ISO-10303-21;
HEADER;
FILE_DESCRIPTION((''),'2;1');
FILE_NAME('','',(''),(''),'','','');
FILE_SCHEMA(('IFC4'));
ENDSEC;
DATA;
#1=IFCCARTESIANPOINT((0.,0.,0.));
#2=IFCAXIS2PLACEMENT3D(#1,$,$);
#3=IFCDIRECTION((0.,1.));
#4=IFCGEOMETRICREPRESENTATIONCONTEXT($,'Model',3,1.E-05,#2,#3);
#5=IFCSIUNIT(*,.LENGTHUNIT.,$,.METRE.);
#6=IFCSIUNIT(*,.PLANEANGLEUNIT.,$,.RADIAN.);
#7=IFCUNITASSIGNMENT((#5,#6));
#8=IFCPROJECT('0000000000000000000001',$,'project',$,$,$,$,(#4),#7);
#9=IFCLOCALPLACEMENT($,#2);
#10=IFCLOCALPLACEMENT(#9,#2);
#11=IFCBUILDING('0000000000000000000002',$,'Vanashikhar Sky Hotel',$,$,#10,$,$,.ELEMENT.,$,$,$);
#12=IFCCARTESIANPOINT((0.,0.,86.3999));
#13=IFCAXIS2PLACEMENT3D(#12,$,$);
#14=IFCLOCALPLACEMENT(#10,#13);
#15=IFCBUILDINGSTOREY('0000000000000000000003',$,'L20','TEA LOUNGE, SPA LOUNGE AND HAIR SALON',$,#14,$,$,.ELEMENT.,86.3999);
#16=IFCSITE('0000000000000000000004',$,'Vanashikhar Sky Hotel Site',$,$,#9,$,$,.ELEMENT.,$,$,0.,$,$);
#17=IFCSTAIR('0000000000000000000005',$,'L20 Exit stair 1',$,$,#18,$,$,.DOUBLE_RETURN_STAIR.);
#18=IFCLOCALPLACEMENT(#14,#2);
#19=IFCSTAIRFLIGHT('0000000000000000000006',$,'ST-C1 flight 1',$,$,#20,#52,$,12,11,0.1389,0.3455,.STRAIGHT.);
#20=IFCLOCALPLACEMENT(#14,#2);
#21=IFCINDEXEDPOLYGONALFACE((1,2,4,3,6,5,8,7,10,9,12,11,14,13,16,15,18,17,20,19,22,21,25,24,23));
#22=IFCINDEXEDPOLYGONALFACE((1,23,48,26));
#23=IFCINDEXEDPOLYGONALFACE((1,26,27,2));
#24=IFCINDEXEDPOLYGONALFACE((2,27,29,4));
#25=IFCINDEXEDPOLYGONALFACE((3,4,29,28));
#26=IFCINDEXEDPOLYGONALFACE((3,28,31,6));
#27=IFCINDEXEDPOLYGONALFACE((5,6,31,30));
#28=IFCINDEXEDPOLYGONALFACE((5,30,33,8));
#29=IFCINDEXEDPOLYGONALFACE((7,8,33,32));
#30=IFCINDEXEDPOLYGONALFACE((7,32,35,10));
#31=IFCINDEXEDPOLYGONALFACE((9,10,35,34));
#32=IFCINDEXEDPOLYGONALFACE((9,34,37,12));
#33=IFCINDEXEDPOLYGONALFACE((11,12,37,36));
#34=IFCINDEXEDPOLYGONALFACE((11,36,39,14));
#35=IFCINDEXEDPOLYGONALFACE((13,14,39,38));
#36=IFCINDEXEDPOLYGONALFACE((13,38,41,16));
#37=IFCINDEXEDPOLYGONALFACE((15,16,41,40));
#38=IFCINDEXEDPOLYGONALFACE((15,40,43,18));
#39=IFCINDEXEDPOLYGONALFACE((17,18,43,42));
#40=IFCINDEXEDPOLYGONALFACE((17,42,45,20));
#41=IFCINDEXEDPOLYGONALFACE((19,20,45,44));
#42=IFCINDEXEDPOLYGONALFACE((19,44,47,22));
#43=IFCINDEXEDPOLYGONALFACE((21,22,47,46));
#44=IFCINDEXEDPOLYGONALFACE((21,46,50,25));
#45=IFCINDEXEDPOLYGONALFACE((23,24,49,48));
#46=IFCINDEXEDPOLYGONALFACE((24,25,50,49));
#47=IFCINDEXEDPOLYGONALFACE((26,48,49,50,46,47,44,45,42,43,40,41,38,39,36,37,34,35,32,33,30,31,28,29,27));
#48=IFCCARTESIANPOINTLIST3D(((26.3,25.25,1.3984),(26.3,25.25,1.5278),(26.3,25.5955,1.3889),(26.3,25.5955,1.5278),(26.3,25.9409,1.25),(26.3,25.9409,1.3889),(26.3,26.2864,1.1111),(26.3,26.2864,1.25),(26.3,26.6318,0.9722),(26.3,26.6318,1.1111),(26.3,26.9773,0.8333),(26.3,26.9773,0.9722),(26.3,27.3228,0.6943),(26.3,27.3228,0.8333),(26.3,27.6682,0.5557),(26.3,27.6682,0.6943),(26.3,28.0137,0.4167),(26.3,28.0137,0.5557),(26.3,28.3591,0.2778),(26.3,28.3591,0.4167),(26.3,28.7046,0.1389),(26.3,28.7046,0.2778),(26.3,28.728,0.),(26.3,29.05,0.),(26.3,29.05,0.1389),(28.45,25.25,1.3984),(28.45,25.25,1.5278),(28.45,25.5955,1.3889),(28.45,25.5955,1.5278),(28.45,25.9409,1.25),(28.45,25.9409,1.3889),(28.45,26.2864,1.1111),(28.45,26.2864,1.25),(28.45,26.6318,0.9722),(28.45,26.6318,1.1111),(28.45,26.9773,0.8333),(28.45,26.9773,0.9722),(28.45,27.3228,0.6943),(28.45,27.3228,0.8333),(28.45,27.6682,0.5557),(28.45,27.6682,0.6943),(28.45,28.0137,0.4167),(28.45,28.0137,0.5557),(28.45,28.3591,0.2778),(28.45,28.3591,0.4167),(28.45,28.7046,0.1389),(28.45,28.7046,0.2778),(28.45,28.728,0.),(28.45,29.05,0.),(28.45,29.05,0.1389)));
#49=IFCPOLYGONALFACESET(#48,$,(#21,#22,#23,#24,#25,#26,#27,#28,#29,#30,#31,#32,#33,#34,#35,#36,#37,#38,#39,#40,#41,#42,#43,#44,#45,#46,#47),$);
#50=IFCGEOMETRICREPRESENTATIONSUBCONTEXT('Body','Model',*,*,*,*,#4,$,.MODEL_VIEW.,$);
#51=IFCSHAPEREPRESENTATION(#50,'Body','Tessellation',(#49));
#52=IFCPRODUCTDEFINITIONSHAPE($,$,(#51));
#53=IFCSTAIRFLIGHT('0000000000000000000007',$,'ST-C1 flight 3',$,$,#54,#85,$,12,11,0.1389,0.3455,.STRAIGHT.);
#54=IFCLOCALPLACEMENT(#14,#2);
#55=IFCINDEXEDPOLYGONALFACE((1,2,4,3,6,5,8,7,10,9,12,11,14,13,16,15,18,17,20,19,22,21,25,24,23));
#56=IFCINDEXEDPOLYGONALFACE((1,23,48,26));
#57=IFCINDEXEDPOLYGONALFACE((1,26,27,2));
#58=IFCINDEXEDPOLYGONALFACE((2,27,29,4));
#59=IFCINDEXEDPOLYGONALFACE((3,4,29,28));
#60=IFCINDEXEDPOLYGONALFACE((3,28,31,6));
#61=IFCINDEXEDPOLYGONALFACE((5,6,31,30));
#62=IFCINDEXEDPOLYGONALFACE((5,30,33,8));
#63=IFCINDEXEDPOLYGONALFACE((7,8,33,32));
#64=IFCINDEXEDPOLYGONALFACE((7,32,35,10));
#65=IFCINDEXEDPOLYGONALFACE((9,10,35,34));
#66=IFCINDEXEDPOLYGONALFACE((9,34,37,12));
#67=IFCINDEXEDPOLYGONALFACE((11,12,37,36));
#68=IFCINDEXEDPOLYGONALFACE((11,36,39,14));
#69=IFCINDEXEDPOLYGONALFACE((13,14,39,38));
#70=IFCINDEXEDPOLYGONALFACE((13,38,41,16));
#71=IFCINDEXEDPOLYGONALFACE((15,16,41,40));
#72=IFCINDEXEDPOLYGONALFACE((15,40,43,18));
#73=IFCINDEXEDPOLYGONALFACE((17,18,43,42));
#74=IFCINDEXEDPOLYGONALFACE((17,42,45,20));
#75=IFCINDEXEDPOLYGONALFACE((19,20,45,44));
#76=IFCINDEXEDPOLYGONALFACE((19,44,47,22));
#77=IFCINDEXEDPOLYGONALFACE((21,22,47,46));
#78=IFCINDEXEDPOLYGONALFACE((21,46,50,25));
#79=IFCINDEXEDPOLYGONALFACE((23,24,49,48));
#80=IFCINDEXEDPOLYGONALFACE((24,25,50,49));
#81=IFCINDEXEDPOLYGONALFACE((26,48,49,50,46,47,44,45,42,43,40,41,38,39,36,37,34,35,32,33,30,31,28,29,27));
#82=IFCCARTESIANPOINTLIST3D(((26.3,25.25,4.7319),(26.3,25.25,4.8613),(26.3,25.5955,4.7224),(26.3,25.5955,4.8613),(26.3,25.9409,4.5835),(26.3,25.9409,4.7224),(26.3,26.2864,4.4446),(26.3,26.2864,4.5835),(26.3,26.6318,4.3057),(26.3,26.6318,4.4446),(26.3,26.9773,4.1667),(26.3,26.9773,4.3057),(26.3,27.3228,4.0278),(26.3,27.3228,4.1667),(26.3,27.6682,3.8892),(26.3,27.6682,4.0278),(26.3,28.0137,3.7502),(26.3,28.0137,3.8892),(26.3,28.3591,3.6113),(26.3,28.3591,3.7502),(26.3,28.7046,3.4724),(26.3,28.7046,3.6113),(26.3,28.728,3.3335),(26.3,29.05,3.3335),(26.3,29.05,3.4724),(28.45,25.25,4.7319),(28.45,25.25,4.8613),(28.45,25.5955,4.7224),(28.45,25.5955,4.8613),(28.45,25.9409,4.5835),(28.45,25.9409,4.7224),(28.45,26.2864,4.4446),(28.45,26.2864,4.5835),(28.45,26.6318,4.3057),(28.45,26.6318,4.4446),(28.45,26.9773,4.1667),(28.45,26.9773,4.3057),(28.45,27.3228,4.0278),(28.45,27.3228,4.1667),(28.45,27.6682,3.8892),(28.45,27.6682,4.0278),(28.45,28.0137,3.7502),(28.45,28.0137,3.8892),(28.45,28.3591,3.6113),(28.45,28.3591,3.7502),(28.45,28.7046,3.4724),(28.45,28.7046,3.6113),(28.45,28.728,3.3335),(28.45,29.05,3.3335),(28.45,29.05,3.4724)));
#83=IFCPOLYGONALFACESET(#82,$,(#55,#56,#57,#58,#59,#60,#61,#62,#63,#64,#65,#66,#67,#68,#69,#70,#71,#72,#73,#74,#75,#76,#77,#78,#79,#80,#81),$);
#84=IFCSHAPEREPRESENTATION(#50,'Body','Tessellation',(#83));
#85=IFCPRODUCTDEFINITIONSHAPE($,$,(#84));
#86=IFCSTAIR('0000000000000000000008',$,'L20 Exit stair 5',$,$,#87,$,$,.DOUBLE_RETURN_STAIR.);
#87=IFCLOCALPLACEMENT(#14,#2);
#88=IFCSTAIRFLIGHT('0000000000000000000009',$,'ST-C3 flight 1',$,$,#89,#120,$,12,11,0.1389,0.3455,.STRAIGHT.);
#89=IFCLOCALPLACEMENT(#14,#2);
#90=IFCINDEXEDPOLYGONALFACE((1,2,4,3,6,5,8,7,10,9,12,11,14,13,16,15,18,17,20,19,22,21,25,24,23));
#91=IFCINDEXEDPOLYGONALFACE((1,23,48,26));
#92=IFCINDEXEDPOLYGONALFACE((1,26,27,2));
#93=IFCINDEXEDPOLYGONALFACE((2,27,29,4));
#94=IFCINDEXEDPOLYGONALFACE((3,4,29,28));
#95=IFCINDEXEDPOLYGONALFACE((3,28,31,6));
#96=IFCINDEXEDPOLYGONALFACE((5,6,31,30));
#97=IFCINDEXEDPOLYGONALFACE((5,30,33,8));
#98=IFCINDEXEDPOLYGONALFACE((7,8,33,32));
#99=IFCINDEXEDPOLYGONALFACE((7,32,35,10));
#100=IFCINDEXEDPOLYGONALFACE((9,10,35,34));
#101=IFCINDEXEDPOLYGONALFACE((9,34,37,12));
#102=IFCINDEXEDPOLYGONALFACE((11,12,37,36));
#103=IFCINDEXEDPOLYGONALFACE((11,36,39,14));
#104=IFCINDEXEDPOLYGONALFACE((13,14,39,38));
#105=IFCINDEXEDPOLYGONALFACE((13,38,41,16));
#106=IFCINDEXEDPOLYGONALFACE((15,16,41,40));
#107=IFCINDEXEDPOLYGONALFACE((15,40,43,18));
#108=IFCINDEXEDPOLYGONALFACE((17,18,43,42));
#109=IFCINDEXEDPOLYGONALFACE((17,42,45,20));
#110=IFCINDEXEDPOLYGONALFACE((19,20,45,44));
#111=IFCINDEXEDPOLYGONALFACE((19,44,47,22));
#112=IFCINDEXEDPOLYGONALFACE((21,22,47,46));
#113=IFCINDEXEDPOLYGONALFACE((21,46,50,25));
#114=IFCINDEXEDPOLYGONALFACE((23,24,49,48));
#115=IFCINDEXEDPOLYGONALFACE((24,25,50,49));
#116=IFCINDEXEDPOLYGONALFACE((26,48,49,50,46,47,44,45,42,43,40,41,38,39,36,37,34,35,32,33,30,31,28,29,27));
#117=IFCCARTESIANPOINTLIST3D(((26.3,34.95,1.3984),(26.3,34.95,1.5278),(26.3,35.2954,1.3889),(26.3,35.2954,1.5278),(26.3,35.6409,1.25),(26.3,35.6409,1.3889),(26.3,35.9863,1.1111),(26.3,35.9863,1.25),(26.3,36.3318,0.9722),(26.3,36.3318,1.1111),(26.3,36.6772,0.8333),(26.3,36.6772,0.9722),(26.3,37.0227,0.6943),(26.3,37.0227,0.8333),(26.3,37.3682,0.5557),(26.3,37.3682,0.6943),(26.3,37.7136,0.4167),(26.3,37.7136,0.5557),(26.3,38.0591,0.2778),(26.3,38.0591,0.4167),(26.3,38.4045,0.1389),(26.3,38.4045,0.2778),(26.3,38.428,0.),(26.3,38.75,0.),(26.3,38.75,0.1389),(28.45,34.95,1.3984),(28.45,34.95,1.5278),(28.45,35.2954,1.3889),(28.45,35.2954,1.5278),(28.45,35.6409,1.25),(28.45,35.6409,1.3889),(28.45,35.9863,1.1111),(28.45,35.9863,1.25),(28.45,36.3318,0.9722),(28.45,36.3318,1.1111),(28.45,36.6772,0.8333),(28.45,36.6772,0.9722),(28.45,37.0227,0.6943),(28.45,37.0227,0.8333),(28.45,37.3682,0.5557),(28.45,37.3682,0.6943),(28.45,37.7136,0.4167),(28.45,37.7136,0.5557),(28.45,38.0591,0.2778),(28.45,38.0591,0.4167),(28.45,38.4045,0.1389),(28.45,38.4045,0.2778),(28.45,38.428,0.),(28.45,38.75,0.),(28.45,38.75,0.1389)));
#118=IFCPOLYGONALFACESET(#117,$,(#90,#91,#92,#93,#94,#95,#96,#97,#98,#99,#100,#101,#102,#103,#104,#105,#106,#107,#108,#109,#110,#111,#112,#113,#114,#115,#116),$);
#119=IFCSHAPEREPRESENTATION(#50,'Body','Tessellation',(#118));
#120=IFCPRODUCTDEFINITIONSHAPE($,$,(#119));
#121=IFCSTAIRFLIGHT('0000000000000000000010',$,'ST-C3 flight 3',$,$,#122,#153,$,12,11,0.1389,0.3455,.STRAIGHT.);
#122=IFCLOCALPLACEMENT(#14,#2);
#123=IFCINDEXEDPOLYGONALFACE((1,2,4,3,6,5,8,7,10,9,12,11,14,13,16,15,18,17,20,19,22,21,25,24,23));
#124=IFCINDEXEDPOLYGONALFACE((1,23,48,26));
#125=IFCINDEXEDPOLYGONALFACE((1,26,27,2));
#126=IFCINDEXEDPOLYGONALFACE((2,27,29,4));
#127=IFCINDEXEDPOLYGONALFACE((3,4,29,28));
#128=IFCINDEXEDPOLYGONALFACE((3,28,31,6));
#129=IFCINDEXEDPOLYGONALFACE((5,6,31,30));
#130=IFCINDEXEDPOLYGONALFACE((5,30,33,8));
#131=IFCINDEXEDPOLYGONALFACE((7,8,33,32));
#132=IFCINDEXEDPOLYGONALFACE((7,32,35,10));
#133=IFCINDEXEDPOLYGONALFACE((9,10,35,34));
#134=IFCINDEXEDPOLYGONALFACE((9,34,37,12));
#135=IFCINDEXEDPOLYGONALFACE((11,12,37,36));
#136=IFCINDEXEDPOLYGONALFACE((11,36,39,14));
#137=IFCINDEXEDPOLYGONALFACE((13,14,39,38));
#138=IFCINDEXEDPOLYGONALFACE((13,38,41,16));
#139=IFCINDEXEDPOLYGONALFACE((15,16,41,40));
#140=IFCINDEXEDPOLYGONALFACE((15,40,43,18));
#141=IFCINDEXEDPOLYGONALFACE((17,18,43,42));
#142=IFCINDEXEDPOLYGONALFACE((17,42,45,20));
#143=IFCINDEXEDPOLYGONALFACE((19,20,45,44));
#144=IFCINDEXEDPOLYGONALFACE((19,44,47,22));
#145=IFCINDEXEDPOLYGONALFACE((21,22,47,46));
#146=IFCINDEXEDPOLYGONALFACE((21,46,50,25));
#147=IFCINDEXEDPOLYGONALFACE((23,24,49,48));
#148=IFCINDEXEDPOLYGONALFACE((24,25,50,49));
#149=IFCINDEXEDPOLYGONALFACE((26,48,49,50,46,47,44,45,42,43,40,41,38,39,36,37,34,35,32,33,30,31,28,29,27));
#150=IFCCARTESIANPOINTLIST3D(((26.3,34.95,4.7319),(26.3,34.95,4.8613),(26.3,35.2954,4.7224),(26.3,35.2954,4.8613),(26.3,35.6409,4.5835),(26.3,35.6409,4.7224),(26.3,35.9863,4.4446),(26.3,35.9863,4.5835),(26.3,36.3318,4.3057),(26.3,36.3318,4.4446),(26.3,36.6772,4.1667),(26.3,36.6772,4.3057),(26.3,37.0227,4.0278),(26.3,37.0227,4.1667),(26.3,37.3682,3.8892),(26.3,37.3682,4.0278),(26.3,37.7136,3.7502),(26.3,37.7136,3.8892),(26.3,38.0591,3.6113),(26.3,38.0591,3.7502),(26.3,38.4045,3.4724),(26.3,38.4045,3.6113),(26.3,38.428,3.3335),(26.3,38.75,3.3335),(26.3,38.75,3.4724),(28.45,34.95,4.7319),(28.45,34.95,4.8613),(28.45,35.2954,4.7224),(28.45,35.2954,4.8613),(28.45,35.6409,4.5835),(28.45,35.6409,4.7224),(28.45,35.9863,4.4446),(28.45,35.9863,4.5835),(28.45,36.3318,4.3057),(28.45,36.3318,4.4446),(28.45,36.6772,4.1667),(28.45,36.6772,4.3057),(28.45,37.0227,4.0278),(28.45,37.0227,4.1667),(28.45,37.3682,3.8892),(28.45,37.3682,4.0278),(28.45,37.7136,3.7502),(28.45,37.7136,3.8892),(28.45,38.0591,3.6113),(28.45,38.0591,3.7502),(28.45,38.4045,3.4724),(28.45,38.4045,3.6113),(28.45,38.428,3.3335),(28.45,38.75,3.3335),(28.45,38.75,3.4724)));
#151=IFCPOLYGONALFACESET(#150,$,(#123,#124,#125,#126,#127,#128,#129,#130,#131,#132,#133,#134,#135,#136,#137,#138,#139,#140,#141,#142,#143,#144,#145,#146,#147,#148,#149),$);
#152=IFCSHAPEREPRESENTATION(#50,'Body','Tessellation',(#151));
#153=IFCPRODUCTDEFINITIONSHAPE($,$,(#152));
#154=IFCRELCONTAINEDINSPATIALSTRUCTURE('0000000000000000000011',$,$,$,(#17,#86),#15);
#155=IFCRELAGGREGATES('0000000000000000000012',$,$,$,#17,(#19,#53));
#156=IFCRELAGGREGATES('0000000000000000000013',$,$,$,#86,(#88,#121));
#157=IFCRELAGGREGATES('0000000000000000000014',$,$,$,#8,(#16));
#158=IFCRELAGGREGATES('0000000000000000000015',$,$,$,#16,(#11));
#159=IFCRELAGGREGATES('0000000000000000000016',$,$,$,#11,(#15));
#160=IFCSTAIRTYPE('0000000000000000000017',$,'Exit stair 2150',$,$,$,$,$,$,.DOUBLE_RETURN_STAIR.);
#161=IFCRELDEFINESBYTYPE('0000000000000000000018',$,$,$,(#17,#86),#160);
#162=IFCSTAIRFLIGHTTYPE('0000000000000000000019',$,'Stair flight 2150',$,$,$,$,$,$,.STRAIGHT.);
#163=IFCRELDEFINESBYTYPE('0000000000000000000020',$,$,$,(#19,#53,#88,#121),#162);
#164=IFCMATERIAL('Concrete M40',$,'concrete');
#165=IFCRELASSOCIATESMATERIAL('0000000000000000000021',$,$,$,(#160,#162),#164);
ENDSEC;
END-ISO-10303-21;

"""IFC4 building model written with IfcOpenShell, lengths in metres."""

from ifc_helpers import new_model, si_unit, direction, frame, origin, place, context, subcontext, project, spatial, polyline, outline, extrude, source, transform, mapped, material, type_object, element, aggregate, save


model = new_model("IFC4")

# Units and contexts
model_context = context("Model", 3, precision=1e-05, world=origin(), true_north=direction((0.0, 1.0)))
body_context = subcontext(model_context, "Body", "Model", "MODEL_VIEW")
ifc_project = project(units=[si_unit("LENGTHUNIT", "METRE"), si_unit("PLANEANGLEUNIT", "RADIAN")], contexts=[model_context])

# Site, building, storey
site_placement = place(None, origin())
site = spatial("IfcSite", under=ifc_project, at=site_placement, Name="Vanashikhar Sky Hotel Site", CompositionType="ELEMENT", RefElevation=0.0)
building_placement = place(site_placement, origin())
building = spatial("IfcBuilding", under=site, at=building_placement, Name="Vanashikhar Sky Hotel", CompositionType="ELEMENT")
storey_placement = place(building_placement, frame((0.0, 0.0, 86.3999)))
storey = spatial("IfcBuildingStorey", under=building, at=storey_placement, Name="L20", Description="TEA LOUNGE, SPA LOUNGE AND HAIR SALON", CompositionType="ELEMENT", Elevation=86.3999)

# Stairs, stair flights
ifc_material_1 = material(Name="Concrete M40", Category="concrete")
stair_type = type_object("IfcStairType", Name="Exit stair 2150", PredefinedType="DOUBLE_RETURN_STAIR", material=ifc_material_1)
stair_1_placement = place(storey_placement, origin())
stair_1 = element("IfcStair", 1, at=stair_1_placement, inside=storey, type_object=stair_type, Name="L20 Exit stair 1", PredefinedType="DOUBLE_RETURN_STAIR")
stair_flight_type = type_object("IfcStairFlightType", Name="Stair flight 2150", PredefinedType="STRAIGHT", material=ifc_material_1)
shared_shape_1 = source(origin(), body_context, "Body", "SweptSolid", [
    extrude(outline(polyline([(0.0, 0.0), (0.0, 0.1389), (0.3455, 0.1389), (0.3455, 0.2778), (0.6909, 0.2778), (0.6909, 0.4167), (1.0364, 0.4167), (1.0364, 0.5557), (1.3818, 0.5557), (1.3818, 0.6943), (1.7273, 0.6943), (1.7273, 0.8333), (2.0728, 0.8333), (2.0728, 0.9722), (2.4182, 0.9722), (2.4182, 1.1111), (2.7637, 1.1111), (2.7637, 1.25), (3.1091, 1.25), (3.1091, 1.3889), (3.4546, 1.3889), (3.4546, 1.5278), (3.8, 1.5278), (3.8, 1.6667), (3.8, 1.3984), (0.322, 0.0), (0.0, 0.0)])), frame((0.0, 1.075, 0.0), z_axis=(0.0, -1.0, 0.0), x_axis=(1.0, 0.0, 0.0)), (0.0, 0.0, 1.0), 2.1499),
])
stair_flight_1_placement = place(storey_placement, frame((27.375, 29.05, 0.0), z_axis=(0.0, 0.0, 1.0), x_axis=(0.0, -1.0, 0.0)))
stair_flight_1 = element("IfcStairFlight", 2, at=stair_flight_1_placement, type_object=stair_flight_type, Name="ST-C1 flight 1", NumberOfRisers=12, NumberOfTreads=11, PredefinedType="STRAIGHT", RiserHeight=0.1389, TreadLength=0.3455, context=body_context, shape_type="MappedRepresentation", body=[
    mapped(shared_shape_1, transform((0.0, 0.0, 0.0), scale=1.0)),
])
stair_flight_2_placement = place(storey_placement, frame((27.375, 29.05, 3.3335), z_axis=(0.0, 0.0, 1.0), x_axis=(0.0, -1.0, 0.0)))
stair_flight_2 = element("IfcStairFlight", 3, at=stair_flight_2_placement, type_object=stair_flight_type, Name="ST-C1 flight 3", NumberOfRisers=12, NumberOfTreads=11, PredefinedType="STRAIGHT", RiserHeight=0.1389, TreadLength=0.3455, context=body_context, shape_type="MappedRepresentation", body=[
    mapped(shared_shape_1, transform((0.0, 0.0, 0.0), scale=1.0)),
])
aggregate(stair_1, [stair_flight_1, stair_flight_2])
stair_2_placement = place(storey_placement, origin())
stair_2 = element("IfcStair", 4, at=stair_2_placement, inside=storey, type_object=stair_type, Name="L20 Exit stair 5", PredefinedType="DOUBLE_RETURN_STAIR")
stair_flight_3_placement = place(storey_placement, frame((27.375, 38.75, 0.0), z_axis=(0.0, 0.0, 1.0), x_axis=(0.0, -1.0, 0.0)))
stair_flight_3 = element("IfcStairFlight", 5, at=stair_flight_3_placement, type_object=stair_flight_type, Name="ST-C3 flight 1", NumberOfRisers=12, NumberOfTreads=11, PredefinedType="STRAIGHT", RiserHeight=0.1389, TreadLength=0.3455, context=body_context, shape_type="MappedRepresentation", body=[
    mapped(shared_shape_1, transform((0.0, 0.0, 0.0), scale=1.0)),
])
stair_flight_4_placement = place(storey_placement, frame((27.375, 38.75, 3.3335), z_axis=(0.0, 0.0, 1.0), x_axis=(0.0, -1.0, 0.0)))
stair_flight_4 = element("IfcStairFlight", 6, at=stair_flight_4_placement, type_object=stair_flight_type, Name="ST-C3 flight 3", NumberOfRisers=12, NumberOfTreads=11, PredefinedType="STRAIGHT", RiserHeight=0.1389, TreadLength=0.3455, context=body_context, shape_type="MappedRepresentation", body=[
    mapped(shared_shape_1, transform((0.0, 0.0, 0.0), scale=1.0)),
])
aggregate(stair_2, [stair_flight_3, stair_flight_4])

save(model, "model.ifc")
